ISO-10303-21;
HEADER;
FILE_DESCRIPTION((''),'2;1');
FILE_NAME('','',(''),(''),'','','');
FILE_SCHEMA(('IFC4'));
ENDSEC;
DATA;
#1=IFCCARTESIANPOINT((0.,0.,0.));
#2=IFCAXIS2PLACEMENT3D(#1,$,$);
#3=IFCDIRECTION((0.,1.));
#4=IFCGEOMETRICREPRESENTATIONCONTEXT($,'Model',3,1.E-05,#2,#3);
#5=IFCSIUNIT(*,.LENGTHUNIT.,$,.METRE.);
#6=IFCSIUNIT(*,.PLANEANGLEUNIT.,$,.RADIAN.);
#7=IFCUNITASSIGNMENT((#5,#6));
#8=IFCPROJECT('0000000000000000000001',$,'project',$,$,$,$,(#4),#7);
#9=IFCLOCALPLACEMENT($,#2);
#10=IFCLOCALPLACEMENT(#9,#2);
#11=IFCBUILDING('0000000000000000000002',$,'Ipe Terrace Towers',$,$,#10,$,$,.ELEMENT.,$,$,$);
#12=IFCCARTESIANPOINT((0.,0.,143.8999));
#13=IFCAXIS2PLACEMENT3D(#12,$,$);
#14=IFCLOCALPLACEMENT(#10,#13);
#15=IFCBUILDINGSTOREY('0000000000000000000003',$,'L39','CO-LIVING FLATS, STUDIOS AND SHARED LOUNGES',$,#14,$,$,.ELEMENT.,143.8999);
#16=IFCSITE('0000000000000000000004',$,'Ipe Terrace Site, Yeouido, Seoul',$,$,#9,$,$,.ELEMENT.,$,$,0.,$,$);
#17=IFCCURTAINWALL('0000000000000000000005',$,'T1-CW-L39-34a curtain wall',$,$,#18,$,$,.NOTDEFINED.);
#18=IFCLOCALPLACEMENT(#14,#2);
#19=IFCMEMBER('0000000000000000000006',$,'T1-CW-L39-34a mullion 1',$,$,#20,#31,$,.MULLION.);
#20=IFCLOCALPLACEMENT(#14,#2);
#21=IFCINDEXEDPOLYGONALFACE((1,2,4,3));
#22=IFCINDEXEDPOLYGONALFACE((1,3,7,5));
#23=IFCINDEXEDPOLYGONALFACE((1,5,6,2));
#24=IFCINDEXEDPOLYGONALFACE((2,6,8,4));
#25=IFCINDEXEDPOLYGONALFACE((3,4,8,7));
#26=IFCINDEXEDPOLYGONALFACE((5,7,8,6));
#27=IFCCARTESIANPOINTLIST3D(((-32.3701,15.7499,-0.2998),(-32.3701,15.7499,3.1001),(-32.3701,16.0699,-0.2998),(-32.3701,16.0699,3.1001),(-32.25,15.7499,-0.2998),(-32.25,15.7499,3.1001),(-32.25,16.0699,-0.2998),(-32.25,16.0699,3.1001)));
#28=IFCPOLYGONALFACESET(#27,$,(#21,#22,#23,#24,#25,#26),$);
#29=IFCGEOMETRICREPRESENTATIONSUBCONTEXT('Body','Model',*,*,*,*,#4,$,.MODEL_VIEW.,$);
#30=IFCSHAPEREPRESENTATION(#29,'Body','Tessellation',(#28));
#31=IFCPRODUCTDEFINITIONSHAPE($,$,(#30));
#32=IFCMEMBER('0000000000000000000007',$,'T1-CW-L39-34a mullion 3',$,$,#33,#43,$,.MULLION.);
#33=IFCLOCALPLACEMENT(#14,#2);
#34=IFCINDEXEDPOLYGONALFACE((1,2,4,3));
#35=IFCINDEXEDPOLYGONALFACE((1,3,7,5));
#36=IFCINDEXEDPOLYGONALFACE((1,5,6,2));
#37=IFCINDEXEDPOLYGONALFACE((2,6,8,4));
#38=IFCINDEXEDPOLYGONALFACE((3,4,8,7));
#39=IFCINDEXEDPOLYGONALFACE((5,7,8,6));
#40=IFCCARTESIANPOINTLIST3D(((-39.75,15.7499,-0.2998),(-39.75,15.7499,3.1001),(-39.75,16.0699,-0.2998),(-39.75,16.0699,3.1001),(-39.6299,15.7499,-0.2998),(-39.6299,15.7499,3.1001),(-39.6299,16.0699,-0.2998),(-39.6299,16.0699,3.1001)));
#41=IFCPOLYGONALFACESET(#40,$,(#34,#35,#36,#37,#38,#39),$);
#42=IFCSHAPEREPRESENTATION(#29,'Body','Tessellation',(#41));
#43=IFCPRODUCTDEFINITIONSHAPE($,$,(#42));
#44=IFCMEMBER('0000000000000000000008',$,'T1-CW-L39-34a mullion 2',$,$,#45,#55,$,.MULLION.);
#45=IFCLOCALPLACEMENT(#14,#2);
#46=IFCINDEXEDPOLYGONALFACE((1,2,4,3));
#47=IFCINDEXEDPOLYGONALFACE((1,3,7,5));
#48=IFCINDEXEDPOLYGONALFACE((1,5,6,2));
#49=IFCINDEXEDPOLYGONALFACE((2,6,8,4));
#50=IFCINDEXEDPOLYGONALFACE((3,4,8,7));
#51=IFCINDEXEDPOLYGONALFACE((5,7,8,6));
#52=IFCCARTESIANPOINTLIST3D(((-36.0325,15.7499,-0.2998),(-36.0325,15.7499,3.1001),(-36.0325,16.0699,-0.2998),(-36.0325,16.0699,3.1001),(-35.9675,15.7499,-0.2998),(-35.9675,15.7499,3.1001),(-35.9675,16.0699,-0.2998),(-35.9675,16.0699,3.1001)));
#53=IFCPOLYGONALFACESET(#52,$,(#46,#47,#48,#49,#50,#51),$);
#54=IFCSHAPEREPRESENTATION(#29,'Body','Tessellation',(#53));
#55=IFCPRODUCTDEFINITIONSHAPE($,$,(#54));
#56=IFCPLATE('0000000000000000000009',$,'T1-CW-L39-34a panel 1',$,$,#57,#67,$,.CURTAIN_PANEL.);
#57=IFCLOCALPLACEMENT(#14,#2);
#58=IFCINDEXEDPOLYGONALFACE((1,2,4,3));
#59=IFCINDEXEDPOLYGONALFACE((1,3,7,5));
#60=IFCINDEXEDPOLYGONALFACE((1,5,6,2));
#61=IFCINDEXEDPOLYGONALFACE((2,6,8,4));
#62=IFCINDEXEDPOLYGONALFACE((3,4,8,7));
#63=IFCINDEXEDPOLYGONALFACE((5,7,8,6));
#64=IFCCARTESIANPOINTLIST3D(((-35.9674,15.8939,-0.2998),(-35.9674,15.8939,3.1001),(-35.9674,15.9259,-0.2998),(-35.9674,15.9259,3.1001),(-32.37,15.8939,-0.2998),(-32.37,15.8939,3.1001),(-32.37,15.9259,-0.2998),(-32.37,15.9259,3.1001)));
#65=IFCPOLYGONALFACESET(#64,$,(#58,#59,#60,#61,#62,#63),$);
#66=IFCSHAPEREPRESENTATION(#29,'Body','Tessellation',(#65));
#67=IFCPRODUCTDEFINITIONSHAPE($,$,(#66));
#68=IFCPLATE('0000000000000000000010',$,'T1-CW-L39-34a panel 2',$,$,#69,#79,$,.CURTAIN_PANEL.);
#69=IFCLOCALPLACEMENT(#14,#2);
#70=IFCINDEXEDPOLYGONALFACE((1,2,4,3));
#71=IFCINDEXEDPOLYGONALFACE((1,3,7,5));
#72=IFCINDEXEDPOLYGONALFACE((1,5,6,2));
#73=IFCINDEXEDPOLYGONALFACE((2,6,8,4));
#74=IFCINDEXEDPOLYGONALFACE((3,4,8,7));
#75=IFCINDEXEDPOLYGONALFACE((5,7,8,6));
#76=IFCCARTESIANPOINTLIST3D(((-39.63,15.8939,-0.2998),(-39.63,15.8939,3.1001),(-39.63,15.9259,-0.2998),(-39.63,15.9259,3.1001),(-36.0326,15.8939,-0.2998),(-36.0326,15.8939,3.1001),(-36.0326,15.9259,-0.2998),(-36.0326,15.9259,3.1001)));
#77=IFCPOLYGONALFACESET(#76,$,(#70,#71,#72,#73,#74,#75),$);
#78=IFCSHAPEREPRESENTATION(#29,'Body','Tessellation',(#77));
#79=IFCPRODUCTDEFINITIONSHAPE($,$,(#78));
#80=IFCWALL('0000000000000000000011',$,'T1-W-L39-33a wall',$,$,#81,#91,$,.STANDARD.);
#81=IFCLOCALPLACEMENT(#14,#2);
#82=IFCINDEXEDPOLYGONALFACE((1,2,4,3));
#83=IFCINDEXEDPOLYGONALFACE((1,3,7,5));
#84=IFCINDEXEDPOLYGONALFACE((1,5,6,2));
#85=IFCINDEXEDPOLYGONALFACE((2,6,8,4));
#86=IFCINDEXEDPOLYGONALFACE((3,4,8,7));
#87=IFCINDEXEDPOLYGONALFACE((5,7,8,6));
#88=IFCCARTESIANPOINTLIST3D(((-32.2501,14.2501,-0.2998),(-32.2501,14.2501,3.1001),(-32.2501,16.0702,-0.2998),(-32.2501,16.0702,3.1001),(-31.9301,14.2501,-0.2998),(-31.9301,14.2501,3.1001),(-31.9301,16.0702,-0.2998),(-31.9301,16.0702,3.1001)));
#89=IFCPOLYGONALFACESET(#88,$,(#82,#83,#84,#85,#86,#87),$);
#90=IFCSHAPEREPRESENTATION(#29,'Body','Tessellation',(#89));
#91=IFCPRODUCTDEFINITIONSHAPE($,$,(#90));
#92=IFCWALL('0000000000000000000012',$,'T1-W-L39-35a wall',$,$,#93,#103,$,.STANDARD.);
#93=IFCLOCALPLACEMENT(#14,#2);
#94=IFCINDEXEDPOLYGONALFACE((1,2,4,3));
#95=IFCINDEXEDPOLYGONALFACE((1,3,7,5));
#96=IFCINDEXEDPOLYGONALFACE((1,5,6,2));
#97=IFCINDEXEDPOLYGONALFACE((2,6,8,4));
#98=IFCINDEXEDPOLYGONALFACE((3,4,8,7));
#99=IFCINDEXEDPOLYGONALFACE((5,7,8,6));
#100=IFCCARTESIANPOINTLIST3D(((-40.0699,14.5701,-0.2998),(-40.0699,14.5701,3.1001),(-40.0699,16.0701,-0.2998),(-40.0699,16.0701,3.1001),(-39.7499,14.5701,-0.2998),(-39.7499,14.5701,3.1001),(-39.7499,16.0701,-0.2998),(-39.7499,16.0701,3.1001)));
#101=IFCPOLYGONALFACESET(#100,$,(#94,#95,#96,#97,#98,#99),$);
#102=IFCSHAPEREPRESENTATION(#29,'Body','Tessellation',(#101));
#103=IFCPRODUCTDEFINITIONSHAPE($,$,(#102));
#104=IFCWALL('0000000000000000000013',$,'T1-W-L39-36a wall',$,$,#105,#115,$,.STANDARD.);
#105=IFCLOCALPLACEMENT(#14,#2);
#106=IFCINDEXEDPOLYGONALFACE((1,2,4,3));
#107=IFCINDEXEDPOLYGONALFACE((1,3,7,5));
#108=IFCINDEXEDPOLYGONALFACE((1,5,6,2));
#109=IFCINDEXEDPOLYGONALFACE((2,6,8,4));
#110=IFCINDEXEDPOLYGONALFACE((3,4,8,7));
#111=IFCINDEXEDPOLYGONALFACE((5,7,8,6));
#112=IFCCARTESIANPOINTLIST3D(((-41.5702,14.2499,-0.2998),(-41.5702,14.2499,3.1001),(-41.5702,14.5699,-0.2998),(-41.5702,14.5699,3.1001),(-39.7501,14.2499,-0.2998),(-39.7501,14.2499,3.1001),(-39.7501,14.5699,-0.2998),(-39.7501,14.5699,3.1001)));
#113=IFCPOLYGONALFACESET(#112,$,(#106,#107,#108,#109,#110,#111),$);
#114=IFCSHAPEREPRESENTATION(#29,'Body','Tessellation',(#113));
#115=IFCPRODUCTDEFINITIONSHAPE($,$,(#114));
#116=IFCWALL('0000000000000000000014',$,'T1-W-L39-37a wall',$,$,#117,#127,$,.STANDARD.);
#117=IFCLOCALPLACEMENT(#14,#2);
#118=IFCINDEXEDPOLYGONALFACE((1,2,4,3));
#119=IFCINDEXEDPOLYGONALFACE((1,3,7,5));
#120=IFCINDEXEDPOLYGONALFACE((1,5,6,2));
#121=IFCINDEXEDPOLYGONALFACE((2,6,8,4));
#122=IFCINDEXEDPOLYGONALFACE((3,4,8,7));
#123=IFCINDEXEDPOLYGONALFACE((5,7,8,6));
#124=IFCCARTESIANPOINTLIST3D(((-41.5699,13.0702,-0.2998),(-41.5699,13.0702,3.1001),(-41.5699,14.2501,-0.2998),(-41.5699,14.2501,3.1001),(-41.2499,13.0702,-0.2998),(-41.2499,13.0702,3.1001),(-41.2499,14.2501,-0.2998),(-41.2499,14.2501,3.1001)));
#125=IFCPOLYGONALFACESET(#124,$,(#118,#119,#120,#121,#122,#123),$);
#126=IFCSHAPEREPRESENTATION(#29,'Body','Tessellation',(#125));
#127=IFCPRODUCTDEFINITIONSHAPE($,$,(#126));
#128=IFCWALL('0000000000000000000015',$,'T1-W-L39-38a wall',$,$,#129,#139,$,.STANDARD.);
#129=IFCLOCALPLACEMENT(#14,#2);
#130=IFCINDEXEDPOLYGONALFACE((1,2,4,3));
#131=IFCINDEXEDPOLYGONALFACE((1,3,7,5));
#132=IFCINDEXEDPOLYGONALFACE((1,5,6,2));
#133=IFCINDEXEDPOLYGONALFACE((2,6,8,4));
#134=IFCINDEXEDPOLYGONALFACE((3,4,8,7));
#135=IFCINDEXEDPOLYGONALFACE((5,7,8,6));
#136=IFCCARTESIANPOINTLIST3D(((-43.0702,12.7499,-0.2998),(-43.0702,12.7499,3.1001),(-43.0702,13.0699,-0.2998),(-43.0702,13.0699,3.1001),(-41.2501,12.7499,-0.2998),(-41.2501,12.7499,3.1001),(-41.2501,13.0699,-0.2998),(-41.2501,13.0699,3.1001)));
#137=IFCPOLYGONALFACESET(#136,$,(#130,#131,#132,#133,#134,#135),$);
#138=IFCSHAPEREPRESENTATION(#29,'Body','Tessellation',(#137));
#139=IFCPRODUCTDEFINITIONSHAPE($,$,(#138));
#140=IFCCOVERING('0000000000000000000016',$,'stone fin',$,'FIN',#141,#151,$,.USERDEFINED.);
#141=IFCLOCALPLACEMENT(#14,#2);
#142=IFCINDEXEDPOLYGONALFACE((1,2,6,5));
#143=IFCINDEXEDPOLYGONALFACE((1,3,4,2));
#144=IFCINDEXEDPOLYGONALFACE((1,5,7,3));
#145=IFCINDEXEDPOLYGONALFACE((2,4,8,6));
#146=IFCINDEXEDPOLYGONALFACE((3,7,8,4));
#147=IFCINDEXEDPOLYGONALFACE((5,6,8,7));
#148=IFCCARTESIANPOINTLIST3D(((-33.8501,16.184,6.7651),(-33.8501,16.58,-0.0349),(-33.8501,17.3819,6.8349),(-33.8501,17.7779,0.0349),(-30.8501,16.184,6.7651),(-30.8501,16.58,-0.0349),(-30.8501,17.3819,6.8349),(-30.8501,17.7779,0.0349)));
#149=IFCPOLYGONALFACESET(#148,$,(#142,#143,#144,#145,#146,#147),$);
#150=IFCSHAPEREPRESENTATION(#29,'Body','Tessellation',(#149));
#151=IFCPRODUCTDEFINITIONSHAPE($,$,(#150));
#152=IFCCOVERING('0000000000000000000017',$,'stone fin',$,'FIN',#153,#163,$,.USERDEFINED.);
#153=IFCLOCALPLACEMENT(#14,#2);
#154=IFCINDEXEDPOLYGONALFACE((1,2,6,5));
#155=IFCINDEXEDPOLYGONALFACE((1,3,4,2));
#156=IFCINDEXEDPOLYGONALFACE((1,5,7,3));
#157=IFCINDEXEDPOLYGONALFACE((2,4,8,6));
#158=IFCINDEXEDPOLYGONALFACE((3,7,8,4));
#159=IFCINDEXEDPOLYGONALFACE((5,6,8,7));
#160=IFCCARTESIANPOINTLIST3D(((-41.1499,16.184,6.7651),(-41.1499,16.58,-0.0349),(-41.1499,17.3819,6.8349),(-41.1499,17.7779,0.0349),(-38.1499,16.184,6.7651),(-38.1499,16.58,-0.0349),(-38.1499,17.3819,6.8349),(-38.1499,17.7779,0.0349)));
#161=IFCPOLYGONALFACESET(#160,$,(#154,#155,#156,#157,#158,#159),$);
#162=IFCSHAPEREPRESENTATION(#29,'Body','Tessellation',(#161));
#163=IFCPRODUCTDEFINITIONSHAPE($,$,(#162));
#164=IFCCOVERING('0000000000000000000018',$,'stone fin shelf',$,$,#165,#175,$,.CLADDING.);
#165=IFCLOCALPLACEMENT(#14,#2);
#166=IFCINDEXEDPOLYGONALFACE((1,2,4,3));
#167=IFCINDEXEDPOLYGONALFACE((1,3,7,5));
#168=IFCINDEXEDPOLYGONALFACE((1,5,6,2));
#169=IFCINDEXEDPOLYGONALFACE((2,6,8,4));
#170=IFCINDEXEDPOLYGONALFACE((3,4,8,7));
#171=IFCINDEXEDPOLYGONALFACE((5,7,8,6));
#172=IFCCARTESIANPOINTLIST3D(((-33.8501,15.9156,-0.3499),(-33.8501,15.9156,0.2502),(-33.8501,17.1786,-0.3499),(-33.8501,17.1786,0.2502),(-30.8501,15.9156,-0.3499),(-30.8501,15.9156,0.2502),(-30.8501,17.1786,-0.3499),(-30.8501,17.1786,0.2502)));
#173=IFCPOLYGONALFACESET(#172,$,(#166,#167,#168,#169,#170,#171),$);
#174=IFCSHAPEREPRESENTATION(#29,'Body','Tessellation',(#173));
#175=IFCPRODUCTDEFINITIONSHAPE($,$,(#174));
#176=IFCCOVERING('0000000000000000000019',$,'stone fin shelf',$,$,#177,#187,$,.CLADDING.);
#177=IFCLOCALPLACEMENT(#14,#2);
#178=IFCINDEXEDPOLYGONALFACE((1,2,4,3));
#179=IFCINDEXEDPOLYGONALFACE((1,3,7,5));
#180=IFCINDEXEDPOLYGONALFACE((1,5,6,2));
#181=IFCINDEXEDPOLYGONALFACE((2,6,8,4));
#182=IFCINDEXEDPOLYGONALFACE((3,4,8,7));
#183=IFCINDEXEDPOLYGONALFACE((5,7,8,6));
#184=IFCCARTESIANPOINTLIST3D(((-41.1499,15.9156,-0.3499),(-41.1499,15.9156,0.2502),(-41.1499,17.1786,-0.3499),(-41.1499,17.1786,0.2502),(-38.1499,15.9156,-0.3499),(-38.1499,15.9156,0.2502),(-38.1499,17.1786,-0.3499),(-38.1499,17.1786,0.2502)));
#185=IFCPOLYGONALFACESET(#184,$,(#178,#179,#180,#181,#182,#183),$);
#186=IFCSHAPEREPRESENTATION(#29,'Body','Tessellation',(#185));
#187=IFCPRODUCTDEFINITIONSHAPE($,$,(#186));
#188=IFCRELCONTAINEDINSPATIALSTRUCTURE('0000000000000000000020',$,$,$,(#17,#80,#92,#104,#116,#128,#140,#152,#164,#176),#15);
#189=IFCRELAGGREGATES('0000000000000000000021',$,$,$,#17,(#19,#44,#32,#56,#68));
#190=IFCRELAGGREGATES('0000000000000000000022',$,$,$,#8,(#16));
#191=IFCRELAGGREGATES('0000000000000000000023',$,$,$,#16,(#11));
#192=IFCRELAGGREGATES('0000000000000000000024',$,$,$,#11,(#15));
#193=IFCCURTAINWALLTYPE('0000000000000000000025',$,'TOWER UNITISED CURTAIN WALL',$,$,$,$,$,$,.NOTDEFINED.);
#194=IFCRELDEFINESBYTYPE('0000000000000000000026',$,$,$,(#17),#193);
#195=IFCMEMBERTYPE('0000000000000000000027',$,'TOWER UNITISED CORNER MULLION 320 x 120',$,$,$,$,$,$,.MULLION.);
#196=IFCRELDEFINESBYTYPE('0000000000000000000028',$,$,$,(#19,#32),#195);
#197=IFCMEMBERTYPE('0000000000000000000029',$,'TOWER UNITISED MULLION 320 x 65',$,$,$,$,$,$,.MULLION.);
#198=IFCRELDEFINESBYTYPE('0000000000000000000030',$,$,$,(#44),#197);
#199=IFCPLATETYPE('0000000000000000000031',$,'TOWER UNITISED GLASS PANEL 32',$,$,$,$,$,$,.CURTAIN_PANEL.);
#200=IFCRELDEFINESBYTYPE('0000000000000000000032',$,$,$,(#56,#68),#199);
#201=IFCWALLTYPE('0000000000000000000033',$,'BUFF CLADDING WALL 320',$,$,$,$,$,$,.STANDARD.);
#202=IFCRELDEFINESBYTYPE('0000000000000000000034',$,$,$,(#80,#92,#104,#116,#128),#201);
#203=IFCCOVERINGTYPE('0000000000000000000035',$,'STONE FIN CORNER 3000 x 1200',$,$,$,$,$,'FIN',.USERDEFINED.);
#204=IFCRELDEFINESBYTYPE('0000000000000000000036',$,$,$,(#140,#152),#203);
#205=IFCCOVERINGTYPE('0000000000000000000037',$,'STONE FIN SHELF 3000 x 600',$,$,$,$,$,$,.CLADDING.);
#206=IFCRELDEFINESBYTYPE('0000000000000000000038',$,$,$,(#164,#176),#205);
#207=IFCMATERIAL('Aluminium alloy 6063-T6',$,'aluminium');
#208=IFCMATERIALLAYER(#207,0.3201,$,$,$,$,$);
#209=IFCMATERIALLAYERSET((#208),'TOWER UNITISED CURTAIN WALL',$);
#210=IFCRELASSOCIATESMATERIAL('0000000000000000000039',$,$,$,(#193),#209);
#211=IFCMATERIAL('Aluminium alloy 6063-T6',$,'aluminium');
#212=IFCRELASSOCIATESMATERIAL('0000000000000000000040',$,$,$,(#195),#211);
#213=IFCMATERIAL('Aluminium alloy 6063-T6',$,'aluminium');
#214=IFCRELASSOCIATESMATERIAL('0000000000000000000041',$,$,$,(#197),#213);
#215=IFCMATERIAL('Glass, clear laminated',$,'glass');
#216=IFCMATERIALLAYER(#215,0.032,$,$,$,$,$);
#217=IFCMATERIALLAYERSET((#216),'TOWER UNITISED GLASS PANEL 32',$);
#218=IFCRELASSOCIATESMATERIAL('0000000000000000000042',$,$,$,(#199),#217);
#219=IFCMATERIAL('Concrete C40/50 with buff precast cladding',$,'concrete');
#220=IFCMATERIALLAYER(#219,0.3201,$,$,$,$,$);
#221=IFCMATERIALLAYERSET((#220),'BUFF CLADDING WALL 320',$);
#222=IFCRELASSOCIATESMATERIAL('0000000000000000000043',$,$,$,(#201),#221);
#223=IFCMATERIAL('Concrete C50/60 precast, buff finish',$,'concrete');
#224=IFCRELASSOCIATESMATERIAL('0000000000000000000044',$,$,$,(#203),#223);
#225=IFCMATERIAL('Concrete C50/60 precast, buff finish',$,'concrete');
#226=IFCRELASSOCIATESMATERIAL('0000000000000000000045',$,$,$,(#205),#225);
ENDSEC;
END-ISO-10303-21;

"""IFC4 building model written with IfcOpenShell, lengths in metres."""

from ifc_helpers import new_model, si_unit, direction, frame, frame_2d, origin, origin_2d, place, context, subcontext, project, spatial, rectangle, extrude, material, layer, layer_set, material_profile, profile_set, type_object, element, aggregate, save


model = new_model("IFC4")

# Units and contexts
model_context = context("Model", 3, precision=1e-05, world=origin(), true_north=direction((0.0, 1.0)))
body_context = subcontext(model_context, "Body", "Model", "MODEL_VIEW")
ifc_project = project(units=[si_unit("LENGTHUNIT", "METRE"), si_unit("PLANEANGLEUNIT", "RADIAN")], contexts=[model_context])

# Site, building, storey
site_placement = place(None, origin())
site = spatial("IfcSite", under=ifc_project, at=site_placement, Name="Ipe Terrace Site, Yeouido, Seoul", CompositionType="ELEMENT", RefElevation=0.0)
building_placement = place(site_placement, origin())
building = spatial("IfcBuilding", under=site, at=building_placement, Name="Ipe Terrace Towers", CompositionType="ELEMENT")
storey_placement = place(building_placement, frame((0.0, 0.0, 143.8999)))
storey = spatial("IfcBuildingStorey", under=building, at=storey_placement, Name="L39", Description="CO-LIVING FLATS, STUDIOS AND SHARED LOUNGES", CompositionType="ELEMENT", Elevation=143.8999)

# Curtain wall, members, plates
ifc_material_1 = material(Name="Aluminium alloy 6063-T6", Category="aluminium")
ifc_layer_1 = layer(ifc_material_1, 0.3201)
ifc_layer_set_1 = layer_set([ifc_layer_1], Name="TOWER UNITISED CURTAIN WALL")
curtain_wall_type = type_object("IfcCurtainWallType", Name="TOWER UNITISED CURTAIN WALL", PredefinedType="NOTDEFINED", material=ifc_layer_set_1)
curtain_wall_placement = place(storey_placement, origin())
curtain_wall = element("IfcCurtainWall", 1, at=curtain_wall_placement, inside=storey, type_object=curtain_wall_type, Name="T1-CW-L39-34a curtain wall", PredefinedType="NOTDEFINED")
ifc_material_2 = material(Name="Aluminium alloy 6063-T6", Category="aluminium")
ifc_material_profile_1 = material_profile(ifc_material_2, rectangle(XDim=0.3201, YDim=0.1201, at=origin_2d()), Name="TOWER UNITISED CORNER MULLION 320 x 120")
ifc_profile_set_1 = profile_set([ifc_material_profile_1], Name="Aluminium alloy 6063-T6")
member_type_1 = type_object("IfcMemberType", Name="TOWER UNITISED CORNER MULLION 320 x 120", PredefinedType="MULLION", material=ifc_profile_set_1)
member_1_placement = place(storey_placement, frame((-32.3101, 15.9099, -0.2998), z_axis=(0.0, 0.0, 1.0), x_axis=(0.0, 1.0, 0.0)))
member_1 = element("IfcMember", 2, at=member_1_placement, type_object=member_type_1, Name="T1-CW-L39-34a mullion 1", PredefinedType="MULLION", context=body_context, shape_type="SweptSolid", body=[
    extrude(rectangle(XDim=0.3201, YDim=0.1201, at=origin_2d()), origin(), (0.0, 0.0, 1.0), 3.3999),
])
member_2_placement = place(storey_placement, frame((-39.6899, 15.9099, -0.2998), z_axis=(0.0, 0.0, 1.0), x_axis=(0.0, 1.0, 0.0)))
member_2 = element("IfcMember", 3, at=member_2_placement, type_object=member_type_1, Name="T1-CW-L39-34a mullion 3", PredefinedType="MULLION", context=body_context, shape_type="SweptSolid", body=[
    extrude(rectangle(XDim=0.3201, YDim=0.1201, at=origin_2d()), origin(), (0.0, 0.0, 1.0), 3.3999),
])
ifc_material_3 = material(Name="Aluminium alloy 6063-T6", Category="aluminium")
ifc_material_profile_2 = material_profile(ifc_material_3, rectangle(XDim=0.3201, YDim=0.0649, at=origin_2d()), Name="TOWER UNITISED MULLION 320 x 65")
ifc_profile_set_2 = profile_set([ifc_material_profile_2], Name="Aluminium alloy 6063-T6")
member_type_2 = type_object("IfcMemberType", Name="TOWER UNITISED MULLION 320 x 65", PredefinedType="MULLION", material=ifc_profile_set_2)
member_3_placement = place(storey_placement, frame((-36.0, 15.9099, -0.2998), z_axis=(0.0, 0.0, 1.0), x_axis=(0.0, 1.0, 0.0)))
member_3 = element("IfcMember", 4, at=member_3_placement, type_object=member_type_2, Name="T1-CW-L39-34a mullion 2", PredefinedType="MULLION", context=body_context, shape_type="SweptSolid", body=[
    extrude(rectangle(XDim=0.3201, YDim=0.0649, at=origin_2d()), origin(), (0.0, 0.0, 1.0), 3.3999),
])
ifc_material_4 = material(Name="Glass, clear laminated", Category="glass")
ifc_layer_2 = layer(ifc_material_4, 0.032)
ifc_layer_set_2 = layer_set([ifc_layer_2], Name="TOWER UNITISED GLASS PANEL 32")
plate_type = type_object("IfcPlateType", Name="TOWER UNITISED GLASS PANEL 32", PredefinedType="CURTAIN_PANEL", material=ifc_layer_set_2)
plate_1_placement = place(storey_placement, frame((-34.1687, 15.9099, -0.2998), z_axis=(0.0, 0.0, 1.0), x_axis=(-1.0, 0.0, 0.0)))
plate_1 = element("IfcPlate", 5, at=plate_1_placement, type_object=plate_type, Name="T1-CW-L39-34a panel 1", PredefinedType="CURTAIN_PANEL", context=body_context, shape_type="SweptSolid", body=[
    extrude(rectangle(XDim=3.5974, YDim=0.032, at=origin_2d()), origin(), (0.0, 0.0, 1.0), 3.3999),
])
plate_2_placement = place(storey_placement, frame((-37.8313, 15.9099, -0.2998), z_axis=(0.0, 0.0, 1.0), x_axis=(-1.0, 0.0, 0.0)))
plate_2 = element("IfcPlate", 6, at=plate_2_placement, type_object=plate_type, Name="T1-CW-L39-34a panel 2", PredefinedType="CURTAIN_PANEL", context=body_context, shape_type="SweptSolid", body=[
    extrude(rectangle(XDim=3.5974, YDim=0.032, at=origin_2d()), origin(), (0.0, 0.0, 1.0), 3.3999),
])
aggregate(curtain_wall, [member_1, member_3, member_2, plate_1, plate_2])

# Walls
ifc_material_5 = material(Name="Concrete C40/50 with buff precast cladding", Category="concrete")
ifc_layer_3 = layer(ifc_material_5, 0.3201)
ifc_layer_set_3 = layer_set([ifc_layer_3], Name="BUFF CLADDING WALL 320")
wall_type = type_object("IfcWallType", Name="BUFF CLADDING WALL 320", PredefinedType="STANDARD", material=ifc_layer_set_3)
wall_1_placement = place(storey_placement, frame((-32.0901, 14.25, -0.2998), z_axis=(0.0, 0.0, 1.0), x_axis=(0.0, 1.0, 0.0)))
element("IfcWall", 7, at=wall_1_placement, inside=storey, type_object=wall_type, Name="T1-W-L39-33a wall", PredefinedType="STANDARD", context=body_context, shape_type="SweptSolid", body=[
    extrude(rectangle(XDim=1.8201, YDim=0.3201, at=frame_2d((0.9102, 0.0))), origin(), (0.0, 0.0, 1.0), 3.3999),
])
wall_2_placement = place(storey_placement, frame((-39.9099, 16.0701, -0.2998), z_axis=(0.0, 0.0, 1.0), x_axis=(0.0, -1.0, 0.0)))
element("IfcWall", 8, at=wall_2_placement, inside=storey, type_object=wall_type, Name="T1-W-L39-35a wall", PredefinedType="STANDARD", context=body_context, shape_type="SweptSolid", body=[
    extrude(rectangle(XDim=1.5, YDim=0.3201, at=frame_2d((0.75, 0.0))), origin(), (0.0, 0.0, 1.0), 3.3999),
])
wall_3_placement = place(storey_placement, frame((-39.75, 14.4099, -0.2998), z_axis=(0.0, 0.0, 1.0), x_axis=(-1.0, 0.0, 0.0)))
element("IfcWall", 9, at=wall_3_placement, inside=storey, type_object=wall_type, Name="T1-W-L39-36a wall", PredefinedType="STANDARD", context=body_context, shape_type="SweptSolid", body=[
    extrude(rectangle(XDim=1.8201, YDim=0.3201, at=frame_2d((0.9102, 0.0))), origin(), (0.0, 0.0, 1.0), 3.3999),
])
wall_4_placement = place(storey_placement, frame((-41.4099, 14.25, -0.2998), z_axis=(0.0, 0.0, 1.0), x_axis=(0.0, -1.0, 0.0)))
element("IfcWall", 10, at=wall_4_placement, inside=storey, type_object=wall_type, Name="T1-W-L39-37a wall", PredefinedType="STANDARD", context=body_context, shape_type="SweptSolid", body=[
    extrude(rectangle(XDim=1.1799, YDim=0.3201, at=frame_2d((0.5898, 0.0))), origin(), (0.0, 0.0, 1.0), 3.3999),
])
wall_5_placement = place(storey_placement, frame((-41.25, 12.9099, -0.2998), z_axis=(0.0, 0.0, 1.0), x_axis=(-1.0, 0.0, 0.0)))
element("IfcWall", 11, at=wall_5_placement, inside=storey, type_object=wall_type, Name="T1-W-L39-38a wall", PredefinedType="STANDARD", context=body_context, shape_type="SweptSolid", body=[
    extrude(rectangle(XDim=1.8201, YDim=0.3201, at=frame_2d((0.9102, 0.0))), origin(), (0.0, 0.0, 1.0), 3.3999),
])

# Coverings
ifc_material_6 = material(Name="Concrete C50/60 precast, buff finish", Category="concrete")
ifc_material_profile_3 = material_profile(ifc_material_6, rectangle(XDim=3.0, YDim=1.2, at=origin_2d()), Name="STONE FIN CORNER 3000 x 1200")
ifc_profile_set_3 = profile_set([ifc_material_profile_3], Name="Concrete C50/60 precast, buff finish")
covering_type_1 = type_object("IfcCoveringType", Name="STONE FIN CORNER 3000 x 1200", ElementType="FIN", PredefinedType="USERDEFINED", material=ifc_profile_set_3)
for number, where, z_axis, x_axis, name in (
    (12, (-32.3501, 17.179, 0.0), (0.0, -0.058136, 0.998309), (-1.0, 0.0, 0.0), "stone fin"),
    (13, (-39.6499, 17.179, 0.0), (0.0, -0.058136, 0.998309), (-1.0, 0.0, 0.0), "stone fin"),
):
    element("IfcCovering", number, at=place(storey_placement, frame(where, z_axis=z_axis, x_axis=x_axis)), inside=storey, type_object=covering_type_1, Name=name, ObjectType="FIN", PredefinedType="USERDEFINED", context=body_context, shape_type="SweptSolid", body=[
        extrude(rectangle(XDim=3.0, YDim=1.2, at=origin_2d()), origin(), (0.0, 0.0, 1.0), 6.8115),
    ])
ifc_material_7 = material(Name="Concrete C50/60 precast, buff finish", Category="concrete")
covering_type_2 = type_object("IfcCoveringType", Name="STONE FIN SHELF 3000 x 600", PredefinedType="CLADDING", material=ifc_material_7)
for number, where, z_axis, x_axis, name in (
    (14, (-32.3501, 16.5471, -0.3499), (0.0, 0.0, 1.0), (-1.0, 0.0, 0.0), "stone fin shelf"),
    (15, (-39.6499, 16.5471, -0.3499), (0.0, 0.0, 1.0), (-1.0, 0.0, 0.0), "stone fin shelf"),
):
    element("IfcCovering", number, at=place(storey_placement, frame(where, z_axis=z_axis, x_axis=x_axis)), inside=storey, type_object=covering_type_2, Name=name, PredefinedType="CLADDING", context=body_context, shape_type="SweptSolid", body=[
        extrude(rectangle(XDim=3.0, YDim=1.2629, at=origin_2d()), origin(), (0.0, 0.0, 1.0), 0.6001),
    ])

save(model, "model.ifc")
